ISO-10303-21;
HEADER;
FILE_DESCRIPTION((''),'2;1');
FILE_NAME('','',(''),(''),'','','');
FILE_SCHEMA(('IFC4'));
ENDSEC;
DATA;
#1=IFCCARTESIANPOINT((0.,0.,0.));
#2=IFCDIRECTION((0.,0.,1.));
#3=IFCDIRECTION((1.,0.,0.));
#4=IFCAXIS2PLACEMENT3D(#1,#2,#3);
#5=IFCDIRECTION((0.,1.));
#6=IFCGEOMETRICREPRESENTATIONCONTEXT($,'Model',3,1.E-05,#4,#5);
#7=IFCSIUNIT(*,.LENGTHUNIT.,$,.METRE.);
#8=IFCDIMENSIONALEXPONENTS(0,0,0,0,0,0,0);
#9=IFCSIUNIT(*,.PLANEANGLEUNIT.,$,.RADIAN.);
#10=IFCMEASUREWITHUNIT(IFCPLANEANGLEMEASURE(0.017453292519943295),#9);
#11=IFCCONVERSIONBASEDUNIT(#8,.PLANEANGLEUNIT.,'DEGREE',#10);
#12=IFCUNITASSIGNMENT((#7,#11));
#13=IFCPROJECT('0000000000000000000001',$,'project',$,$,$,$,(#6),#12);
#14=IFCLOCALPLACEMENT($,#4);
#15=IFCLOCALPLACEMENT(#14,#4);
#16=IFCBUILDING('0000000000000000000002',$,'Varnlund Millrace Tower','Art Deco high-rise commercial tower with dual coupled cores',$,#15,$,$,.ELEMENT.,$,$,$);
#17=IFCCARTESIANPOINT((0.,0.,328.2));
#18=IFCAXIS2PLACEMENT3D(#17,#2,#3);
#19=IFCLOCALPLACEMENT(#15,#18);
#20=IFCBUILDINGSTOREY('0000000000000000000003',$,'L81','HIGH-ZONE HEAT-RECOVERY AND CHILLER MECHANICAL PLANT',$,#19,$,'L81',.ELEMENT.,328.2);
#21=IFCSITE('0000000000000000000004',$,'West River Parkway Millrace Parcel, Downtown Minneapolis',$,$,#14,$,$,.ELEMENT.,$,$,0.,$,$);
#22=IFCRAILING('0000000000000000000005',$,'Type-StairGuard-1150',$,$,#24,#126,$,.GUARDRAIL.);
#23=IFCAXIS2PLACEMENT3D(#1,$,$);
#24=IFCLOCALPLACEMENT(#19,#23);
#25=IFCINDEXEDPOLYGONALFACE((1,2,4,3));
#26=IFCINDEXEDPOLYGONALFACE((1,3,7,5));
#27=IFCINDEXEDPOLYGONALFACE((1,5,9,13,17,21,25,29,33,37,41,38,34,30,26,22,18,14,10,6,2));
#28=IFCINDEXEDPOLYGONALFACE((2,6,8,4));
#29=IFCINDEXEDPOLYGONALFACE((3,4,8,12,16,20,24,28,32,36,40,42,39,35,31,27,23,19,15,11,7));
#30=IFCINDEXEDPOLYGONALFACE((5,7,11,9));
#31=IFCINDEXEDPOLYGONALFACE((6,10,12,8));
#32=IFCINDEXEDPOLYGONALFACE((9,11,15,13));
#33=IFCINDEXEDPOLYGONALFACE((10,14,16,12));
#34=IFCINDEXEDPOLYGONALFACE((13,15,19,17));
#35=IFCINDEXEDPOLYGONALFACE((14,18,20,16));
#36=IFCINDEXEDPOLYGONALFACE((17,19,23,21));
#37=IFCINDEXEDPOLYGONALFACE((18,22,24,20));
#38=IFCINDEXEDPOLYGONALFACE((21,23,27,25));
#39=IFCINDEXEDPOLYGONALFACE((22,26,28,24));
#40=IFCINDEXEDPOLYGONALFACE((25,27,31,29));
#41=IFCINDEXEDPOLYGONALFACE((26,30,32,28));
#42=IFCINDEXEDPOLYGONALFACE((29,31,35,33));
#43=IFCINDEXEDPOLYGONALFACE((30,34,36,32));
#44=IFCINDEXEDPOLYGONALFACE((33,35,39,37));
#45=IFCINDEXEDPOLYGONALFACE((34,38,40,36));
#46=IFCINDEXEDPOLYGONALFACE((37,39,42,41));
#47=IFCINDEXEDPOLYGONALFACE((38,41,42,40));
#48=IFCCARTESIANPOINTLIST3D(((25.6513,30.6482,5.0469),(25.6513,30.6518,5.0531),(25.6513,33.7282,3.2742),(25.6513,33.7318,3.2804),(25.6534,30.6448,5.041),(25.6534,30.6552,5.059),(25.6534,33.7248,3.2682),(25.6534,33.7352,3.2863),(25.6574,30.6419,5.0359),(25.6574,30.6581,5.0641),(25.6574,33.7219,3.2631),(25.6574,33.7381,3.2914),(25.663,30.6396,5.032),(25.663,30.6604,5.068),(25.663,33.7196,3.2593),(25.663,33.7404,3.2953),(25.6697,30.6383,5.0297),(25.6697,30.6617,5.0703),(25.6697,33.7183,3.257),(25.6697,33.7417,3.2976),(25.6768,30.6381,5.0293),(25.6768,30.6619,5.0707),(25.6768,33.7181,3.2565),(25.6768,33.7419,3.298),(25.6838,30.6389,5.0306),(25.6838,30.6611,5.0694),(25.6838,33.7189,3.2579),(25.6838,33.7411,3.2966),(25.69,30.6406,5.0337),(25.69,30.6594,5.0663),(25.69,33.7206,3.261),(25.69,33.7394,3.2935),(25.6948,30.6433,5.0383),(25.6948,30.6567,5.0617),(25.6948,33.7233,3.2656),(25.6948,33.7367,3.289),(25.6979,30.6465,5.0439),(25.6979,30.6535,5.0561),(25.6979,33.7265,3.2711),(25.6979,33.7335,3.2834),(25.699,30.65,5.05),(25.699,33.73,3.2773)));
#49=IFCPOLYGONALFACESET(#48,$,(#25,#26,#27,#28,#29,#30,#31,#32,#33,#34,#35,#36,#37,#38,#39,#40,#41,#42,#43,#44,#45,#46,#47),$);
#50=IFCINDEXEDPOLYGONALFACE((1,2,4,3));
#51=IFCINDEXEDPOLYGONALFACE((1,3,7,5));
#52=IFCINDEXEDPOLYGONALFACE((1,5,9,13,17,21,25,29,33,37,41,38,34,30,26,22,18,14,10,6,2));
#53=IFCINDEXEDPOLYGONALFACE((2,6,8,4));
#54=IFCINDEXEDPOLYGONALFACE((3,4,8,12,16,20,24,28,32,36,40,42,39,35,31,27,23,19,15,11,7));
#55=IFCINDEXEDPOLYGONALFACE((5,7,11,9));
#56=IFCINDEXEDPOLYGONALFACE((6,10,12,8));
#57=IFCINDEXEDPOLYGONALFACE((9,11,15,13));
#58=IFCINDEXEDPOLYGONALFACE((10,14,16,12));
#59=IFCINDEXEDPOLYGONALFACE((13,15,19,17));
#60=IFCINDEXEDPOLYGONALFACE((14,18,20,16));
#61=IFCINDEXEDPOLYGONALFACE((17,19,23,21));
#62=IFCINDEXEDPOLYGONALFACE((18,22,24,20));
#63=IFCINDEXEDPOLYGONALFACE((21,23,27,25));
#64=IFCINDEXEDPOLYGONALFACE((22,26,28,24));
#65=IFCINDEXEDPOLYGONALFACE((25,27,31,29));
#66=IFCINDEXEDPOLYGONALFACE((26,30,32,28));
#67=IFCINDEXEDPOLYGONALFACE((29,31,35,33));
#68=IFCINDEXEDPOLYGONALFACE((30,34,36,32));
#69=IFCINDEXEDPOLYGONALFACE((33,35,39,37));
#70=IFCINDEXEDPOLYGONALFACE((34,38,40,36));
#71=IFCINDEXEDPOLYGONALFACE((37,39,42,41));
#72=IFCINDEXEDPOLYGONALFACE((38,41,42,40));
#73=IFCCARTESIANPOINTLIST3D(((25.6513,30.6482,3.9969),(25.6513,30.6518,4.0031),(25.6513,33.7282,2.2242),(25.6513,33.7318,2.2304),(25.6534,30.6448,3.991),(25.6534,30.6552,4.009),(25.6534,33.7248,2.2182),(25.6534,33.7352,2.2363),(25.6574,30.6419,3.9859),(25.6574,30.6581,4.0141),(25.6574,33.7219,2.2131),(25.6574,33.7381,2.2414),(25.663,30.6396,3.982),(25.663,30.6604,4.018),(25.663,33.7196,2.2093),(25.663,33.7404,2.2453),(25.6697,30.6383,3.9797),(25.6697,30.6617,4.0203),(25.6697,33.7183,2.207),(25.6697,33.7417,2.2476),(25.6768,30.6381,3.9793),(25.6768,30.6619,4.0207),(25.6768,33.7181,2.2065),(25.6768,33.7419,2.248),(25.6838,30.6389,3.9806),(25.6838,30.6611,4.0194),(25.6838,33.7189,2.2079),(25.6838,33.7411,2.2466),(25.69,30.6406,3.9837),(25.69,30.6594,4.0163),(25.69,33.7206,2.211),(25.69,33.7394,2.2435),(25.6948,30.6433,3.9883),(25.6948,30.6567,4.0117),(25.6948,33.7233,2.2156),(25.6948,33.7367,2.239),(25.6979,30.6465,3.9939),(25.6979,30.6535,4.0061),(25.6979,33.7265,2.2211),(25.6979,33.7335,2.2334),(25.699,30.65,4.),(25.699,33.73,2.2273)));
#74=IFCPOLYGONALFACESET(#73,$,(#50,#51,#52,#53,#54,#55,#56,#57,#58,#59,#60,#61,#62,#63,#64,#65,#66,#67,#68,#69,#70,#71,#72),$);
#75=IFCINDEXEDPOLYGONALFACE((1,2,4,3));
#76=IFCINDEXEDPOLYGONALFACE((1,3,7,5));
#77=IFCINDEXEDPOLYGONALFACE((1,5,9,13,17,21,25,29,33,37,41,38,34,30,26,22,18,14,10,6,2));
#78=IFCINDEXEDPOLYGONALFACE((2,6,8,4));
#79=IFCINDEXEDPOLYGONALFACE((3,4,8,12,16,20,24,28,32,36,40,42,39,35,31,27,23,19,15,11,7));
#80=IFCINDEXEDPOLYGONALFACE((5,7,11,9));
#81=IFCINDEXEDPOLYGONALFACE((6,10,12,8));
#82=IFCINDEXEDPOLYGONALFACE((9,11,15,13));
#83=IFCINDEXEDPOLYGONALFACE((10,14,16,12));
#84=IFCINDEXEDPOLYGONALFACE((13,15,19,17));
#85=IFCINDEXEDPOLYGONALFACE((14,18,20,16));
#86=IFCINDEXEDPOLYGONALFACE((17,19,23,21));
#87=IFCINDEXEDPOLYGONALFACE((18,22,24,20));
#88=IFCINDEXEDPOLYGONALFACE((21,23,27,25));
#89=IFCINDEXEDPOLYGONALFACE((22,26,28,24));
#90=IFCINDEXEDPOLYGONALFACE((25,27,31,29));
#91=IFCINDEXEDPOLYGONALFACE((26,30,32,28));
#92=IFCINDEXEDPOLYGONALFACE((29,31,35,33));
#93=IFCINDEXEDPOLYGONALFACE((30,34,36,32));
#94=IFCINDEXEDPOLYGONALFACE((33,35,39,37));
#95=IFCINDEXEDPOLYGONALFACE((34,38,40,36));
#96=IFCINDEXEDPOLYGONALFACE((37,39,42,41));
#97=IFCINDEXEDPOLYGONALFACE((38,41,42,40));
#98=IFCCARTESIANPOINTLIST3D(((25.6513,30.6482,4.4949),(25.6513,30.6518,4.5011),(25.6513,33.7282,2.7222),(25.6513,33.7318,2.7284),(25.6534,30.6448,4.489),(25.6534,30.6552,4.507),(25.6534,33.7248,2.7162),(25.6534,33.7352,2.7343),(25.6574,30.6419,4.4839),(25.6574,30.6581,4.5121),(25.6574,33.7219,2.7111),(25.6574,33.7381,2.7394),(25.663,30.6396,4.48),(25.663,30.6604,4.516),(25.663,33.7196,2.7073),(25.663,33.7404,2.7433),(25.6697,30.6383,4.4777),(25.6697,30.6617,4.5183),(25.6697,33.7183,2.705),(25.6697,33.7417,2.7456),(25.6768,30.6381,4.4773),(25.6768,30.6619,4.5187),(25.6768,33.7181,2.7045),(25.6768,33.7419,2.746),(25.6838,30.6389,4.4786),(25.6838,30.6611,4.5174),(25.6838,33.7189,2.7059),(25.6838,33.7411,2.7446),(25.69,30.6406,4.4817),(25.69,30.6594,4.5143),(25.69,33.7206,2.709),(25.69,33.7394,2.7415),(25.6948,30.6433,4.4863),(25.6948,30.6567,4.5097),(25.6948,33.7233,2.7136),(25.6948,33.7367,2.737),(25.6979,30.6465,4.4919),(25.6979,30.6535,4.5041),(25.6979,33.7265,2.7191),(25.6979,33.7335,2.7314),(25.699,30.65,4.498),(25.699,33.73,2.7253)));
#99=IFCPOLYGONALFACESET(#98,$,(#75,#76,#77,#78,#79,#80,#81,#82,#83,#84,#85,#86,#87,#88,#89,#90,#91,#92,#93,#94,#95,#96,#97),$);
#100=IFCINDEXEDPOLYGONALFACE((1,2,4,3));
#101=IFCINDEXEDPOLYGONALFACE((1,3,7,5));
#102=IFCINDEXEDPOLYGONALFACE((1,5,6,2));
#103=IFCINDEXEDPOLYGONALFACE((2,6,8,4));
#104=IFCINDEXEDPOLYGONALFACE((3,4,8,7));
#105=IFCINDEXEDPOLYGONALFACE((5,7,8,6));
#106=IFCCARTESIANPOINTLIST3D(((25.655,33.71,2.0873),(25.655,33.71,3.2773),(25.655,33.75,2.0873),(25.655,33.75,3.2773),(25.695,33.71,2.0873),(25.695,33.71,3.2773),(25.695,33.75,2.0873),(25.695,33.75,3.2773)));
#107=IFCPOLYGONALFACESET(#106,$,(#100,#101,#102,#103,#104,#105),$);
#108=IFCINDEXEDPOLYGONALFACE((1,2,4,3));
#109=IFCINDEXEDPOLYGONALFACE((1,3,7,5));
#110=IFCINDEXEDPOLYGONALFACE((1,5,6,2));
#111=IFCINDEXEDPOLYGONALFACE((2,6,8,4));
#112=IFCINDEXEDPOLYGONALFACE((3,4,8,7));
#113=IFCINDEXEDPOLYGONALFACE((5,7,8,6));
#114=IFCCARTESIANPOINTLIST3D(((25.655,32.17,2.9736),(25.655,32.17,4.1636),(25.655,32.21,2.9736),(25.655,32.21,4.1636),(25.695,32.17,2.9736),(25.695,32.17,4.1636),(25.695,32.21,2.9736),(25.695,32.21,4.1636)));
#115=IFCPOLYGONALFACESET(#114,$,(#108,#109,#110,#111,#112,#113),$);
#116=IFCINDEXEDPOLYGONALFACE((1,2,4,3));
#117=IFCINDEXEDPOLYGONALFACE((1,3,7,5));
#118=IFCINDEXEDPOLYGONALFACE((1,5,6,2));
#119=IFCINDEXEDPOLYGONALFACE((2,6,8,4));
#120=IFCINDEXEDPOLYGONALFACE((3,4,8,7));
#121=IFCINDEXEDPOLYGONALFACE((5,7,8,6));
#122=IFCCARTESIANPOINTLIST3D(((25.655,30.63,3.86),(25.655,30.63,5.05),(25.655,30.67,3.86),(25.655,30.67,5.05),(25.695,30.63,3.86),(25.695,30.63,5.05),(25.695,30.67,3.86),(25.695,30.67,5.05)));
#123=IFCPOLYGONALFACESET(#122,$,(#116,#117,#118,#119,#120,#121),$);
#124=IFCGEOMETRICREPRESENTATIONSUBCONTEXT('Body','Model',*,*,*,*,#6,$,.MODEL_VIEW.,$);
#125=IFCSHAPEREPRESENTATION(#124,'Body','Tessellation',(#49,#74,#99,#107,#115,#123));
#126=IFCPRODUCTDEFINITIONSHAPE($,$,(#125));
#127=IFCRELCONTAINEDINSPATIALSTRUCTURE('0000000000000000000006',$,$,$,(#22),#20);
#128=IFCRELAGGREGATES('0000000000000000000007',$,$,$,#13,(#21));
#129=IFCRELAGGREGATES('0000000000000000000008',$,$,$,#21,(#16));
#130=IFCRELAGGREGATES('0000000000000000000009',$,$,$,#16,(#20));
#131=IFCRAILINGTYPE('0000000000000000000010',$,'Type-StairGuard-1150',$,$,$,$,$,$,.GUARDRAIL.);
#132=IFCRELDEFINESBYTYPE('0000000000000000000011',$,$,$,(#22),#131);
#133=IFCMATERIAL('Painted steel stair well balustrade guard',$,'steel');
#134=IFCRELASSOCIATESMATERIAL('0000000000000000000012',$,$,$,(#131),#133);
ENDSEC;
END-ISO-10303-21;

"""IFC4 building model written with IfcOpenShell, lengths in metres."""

from ifc_helpers import new_model, entity, si_unit, converted_unit, direction, frame, origin_with_axes, origin_2d_with_axis, place, context, subcontext, project, spatial, rectangle, circle, extrude, material, type_object, element, save


model = new_model("IFC4")

# Units and contexts
model_context = context("Model", 3, precision=1e-05, world=origin_with_axes(), true_north=direction((0.0, 1.0)))
body_context = subcontext(model_context, "Body", "Model", "MODEL_VIEW")
ifc_project = project(units=[si_unit("LENGTHUNIT", "METRE"), converted_unit("PLANEANGLEUNIT", "DEGREE", entity("IfcPlaneAngleMeasure", 0.017453292519943295), si_unit("PLANEANGLEUNIT", "RADIAN"), dimensions=[0, 0, 0, 0, 0, 0, 0])], contexts=[model_context])

# Site, building, storey
site_placement = place(None, origin_with_axes())
site = spatial("IfcSite", under=ifc_project, at=site_placement, Name="West River Parkway Millrace Parcel, Downtown Minneapolis", CompositionType="ELEMENT", RefElevation=0.0)
building_placement = place(site_placement, origin_with_axes())
building = spatial("IfcBuilding", under=site, at=building_placement, Name="Varnlund Millrace Tower", Description="Art Deco high-rise commercial tower with dual coupled cores", CompositionType="ELEMENT")
storey_placement = place(building_placement, frame((0.0, 0.0, 328.2), z_axis=(0.0, 0.0, 1.0), x_axis=(1.0, 0.0, 0.0)))
storey = spatial("IfcBuildingStorey", under=building, at=storey_placement, Name="L81", Description="HIGH-ZONE HEAT-RECOVERY AND CHILLER MECHANICAL PLANT", LongName="L81", CompositionType="ELEMENT", Elevation=328.2)

# Railing
ifc_material_1 = material(Name="Painted steel stair well balustrade guard", Category="steel")
railing_type_1 = type_object("IfcRailingType", Name="Type-StairGuard-1150", PredefinedType="GUARDRAIL", material=ifc_material_1)
railing_1_placement = place(storey_placement, frame((0.0, 0.0, -328.2), z_axis=(0.0, 0.0, 1.0), x_axis=(1.0, 0.0, 0.0)))
element("IfcRailing", 1, at=railing_1_placement, inside=storey, type_object=railing_type_1, Name="Type-StairGuard-1150", PredefinedType="GUARDRAIL", context=body_context, shape_type="SweptSolid", body=[
    extrude(circle(Radius=0.024, at=origin_2d_with_axis()), frame((25.675, 33.73, 331.4773), z_axis=(0.0, -0.866696, 0.498836), x_axis=(1.0, 0.0, 0.0)), (0.0, 0.0, 1.0), 3.5537),
    extrude(circle(Radius=0.024, at=origin_2d_with_axis()), frame((25.675, 33.73, 330.4273), z_axis=(0.0, -0.866696, 0.498836), x_axis=(1.0, 0.0, 0.0)), (0.0, 0.0, 1.0), 3.5537),
    extrude(circle(Radius=0.024, at=origin_2d_with_axis()), frame((25.675, 33.73, 330.9253), z_axis=(0.0, -0.866696, 0.498836), x_axis=(1.0, 0.0, 0.0)), (0.0, 0.0, 1.0), 3.5537),
    extrude(rectangle(XDim=0.04, YDim=0.04, at=origin_2d_with_axis()), frame((25.675, 33.73, 330.2873), z_axis=(0.0, 0.0, 1.0), x_axis=(1.0, 0.0, 0.0)), (0.0, 0.0, 1.0), 1.19),
    extrude(rectangle(XDim=0.04, YDim=0.04, at=origin_2d_with_axis()), frame((25.675, 32.19, 331.1736), z_axis=(0.0, 0.0, 1.0), x_axis=(1.0, 0.0, 0.0)), (0.0, 0.0, 1.0), 1.19),
    extrude(rectangle(XDim=0.04, YDim=0.04, at=origin_2d_with_axis()), frame((25.675, 30.65, 332.06), z_axis=(0.0, 0.0, 1.0), x_axis=(1.0, 0.0, 0.0)), (0.0, 0.0, 1.0), 1.19),
])

save(model, "model.ifc")
